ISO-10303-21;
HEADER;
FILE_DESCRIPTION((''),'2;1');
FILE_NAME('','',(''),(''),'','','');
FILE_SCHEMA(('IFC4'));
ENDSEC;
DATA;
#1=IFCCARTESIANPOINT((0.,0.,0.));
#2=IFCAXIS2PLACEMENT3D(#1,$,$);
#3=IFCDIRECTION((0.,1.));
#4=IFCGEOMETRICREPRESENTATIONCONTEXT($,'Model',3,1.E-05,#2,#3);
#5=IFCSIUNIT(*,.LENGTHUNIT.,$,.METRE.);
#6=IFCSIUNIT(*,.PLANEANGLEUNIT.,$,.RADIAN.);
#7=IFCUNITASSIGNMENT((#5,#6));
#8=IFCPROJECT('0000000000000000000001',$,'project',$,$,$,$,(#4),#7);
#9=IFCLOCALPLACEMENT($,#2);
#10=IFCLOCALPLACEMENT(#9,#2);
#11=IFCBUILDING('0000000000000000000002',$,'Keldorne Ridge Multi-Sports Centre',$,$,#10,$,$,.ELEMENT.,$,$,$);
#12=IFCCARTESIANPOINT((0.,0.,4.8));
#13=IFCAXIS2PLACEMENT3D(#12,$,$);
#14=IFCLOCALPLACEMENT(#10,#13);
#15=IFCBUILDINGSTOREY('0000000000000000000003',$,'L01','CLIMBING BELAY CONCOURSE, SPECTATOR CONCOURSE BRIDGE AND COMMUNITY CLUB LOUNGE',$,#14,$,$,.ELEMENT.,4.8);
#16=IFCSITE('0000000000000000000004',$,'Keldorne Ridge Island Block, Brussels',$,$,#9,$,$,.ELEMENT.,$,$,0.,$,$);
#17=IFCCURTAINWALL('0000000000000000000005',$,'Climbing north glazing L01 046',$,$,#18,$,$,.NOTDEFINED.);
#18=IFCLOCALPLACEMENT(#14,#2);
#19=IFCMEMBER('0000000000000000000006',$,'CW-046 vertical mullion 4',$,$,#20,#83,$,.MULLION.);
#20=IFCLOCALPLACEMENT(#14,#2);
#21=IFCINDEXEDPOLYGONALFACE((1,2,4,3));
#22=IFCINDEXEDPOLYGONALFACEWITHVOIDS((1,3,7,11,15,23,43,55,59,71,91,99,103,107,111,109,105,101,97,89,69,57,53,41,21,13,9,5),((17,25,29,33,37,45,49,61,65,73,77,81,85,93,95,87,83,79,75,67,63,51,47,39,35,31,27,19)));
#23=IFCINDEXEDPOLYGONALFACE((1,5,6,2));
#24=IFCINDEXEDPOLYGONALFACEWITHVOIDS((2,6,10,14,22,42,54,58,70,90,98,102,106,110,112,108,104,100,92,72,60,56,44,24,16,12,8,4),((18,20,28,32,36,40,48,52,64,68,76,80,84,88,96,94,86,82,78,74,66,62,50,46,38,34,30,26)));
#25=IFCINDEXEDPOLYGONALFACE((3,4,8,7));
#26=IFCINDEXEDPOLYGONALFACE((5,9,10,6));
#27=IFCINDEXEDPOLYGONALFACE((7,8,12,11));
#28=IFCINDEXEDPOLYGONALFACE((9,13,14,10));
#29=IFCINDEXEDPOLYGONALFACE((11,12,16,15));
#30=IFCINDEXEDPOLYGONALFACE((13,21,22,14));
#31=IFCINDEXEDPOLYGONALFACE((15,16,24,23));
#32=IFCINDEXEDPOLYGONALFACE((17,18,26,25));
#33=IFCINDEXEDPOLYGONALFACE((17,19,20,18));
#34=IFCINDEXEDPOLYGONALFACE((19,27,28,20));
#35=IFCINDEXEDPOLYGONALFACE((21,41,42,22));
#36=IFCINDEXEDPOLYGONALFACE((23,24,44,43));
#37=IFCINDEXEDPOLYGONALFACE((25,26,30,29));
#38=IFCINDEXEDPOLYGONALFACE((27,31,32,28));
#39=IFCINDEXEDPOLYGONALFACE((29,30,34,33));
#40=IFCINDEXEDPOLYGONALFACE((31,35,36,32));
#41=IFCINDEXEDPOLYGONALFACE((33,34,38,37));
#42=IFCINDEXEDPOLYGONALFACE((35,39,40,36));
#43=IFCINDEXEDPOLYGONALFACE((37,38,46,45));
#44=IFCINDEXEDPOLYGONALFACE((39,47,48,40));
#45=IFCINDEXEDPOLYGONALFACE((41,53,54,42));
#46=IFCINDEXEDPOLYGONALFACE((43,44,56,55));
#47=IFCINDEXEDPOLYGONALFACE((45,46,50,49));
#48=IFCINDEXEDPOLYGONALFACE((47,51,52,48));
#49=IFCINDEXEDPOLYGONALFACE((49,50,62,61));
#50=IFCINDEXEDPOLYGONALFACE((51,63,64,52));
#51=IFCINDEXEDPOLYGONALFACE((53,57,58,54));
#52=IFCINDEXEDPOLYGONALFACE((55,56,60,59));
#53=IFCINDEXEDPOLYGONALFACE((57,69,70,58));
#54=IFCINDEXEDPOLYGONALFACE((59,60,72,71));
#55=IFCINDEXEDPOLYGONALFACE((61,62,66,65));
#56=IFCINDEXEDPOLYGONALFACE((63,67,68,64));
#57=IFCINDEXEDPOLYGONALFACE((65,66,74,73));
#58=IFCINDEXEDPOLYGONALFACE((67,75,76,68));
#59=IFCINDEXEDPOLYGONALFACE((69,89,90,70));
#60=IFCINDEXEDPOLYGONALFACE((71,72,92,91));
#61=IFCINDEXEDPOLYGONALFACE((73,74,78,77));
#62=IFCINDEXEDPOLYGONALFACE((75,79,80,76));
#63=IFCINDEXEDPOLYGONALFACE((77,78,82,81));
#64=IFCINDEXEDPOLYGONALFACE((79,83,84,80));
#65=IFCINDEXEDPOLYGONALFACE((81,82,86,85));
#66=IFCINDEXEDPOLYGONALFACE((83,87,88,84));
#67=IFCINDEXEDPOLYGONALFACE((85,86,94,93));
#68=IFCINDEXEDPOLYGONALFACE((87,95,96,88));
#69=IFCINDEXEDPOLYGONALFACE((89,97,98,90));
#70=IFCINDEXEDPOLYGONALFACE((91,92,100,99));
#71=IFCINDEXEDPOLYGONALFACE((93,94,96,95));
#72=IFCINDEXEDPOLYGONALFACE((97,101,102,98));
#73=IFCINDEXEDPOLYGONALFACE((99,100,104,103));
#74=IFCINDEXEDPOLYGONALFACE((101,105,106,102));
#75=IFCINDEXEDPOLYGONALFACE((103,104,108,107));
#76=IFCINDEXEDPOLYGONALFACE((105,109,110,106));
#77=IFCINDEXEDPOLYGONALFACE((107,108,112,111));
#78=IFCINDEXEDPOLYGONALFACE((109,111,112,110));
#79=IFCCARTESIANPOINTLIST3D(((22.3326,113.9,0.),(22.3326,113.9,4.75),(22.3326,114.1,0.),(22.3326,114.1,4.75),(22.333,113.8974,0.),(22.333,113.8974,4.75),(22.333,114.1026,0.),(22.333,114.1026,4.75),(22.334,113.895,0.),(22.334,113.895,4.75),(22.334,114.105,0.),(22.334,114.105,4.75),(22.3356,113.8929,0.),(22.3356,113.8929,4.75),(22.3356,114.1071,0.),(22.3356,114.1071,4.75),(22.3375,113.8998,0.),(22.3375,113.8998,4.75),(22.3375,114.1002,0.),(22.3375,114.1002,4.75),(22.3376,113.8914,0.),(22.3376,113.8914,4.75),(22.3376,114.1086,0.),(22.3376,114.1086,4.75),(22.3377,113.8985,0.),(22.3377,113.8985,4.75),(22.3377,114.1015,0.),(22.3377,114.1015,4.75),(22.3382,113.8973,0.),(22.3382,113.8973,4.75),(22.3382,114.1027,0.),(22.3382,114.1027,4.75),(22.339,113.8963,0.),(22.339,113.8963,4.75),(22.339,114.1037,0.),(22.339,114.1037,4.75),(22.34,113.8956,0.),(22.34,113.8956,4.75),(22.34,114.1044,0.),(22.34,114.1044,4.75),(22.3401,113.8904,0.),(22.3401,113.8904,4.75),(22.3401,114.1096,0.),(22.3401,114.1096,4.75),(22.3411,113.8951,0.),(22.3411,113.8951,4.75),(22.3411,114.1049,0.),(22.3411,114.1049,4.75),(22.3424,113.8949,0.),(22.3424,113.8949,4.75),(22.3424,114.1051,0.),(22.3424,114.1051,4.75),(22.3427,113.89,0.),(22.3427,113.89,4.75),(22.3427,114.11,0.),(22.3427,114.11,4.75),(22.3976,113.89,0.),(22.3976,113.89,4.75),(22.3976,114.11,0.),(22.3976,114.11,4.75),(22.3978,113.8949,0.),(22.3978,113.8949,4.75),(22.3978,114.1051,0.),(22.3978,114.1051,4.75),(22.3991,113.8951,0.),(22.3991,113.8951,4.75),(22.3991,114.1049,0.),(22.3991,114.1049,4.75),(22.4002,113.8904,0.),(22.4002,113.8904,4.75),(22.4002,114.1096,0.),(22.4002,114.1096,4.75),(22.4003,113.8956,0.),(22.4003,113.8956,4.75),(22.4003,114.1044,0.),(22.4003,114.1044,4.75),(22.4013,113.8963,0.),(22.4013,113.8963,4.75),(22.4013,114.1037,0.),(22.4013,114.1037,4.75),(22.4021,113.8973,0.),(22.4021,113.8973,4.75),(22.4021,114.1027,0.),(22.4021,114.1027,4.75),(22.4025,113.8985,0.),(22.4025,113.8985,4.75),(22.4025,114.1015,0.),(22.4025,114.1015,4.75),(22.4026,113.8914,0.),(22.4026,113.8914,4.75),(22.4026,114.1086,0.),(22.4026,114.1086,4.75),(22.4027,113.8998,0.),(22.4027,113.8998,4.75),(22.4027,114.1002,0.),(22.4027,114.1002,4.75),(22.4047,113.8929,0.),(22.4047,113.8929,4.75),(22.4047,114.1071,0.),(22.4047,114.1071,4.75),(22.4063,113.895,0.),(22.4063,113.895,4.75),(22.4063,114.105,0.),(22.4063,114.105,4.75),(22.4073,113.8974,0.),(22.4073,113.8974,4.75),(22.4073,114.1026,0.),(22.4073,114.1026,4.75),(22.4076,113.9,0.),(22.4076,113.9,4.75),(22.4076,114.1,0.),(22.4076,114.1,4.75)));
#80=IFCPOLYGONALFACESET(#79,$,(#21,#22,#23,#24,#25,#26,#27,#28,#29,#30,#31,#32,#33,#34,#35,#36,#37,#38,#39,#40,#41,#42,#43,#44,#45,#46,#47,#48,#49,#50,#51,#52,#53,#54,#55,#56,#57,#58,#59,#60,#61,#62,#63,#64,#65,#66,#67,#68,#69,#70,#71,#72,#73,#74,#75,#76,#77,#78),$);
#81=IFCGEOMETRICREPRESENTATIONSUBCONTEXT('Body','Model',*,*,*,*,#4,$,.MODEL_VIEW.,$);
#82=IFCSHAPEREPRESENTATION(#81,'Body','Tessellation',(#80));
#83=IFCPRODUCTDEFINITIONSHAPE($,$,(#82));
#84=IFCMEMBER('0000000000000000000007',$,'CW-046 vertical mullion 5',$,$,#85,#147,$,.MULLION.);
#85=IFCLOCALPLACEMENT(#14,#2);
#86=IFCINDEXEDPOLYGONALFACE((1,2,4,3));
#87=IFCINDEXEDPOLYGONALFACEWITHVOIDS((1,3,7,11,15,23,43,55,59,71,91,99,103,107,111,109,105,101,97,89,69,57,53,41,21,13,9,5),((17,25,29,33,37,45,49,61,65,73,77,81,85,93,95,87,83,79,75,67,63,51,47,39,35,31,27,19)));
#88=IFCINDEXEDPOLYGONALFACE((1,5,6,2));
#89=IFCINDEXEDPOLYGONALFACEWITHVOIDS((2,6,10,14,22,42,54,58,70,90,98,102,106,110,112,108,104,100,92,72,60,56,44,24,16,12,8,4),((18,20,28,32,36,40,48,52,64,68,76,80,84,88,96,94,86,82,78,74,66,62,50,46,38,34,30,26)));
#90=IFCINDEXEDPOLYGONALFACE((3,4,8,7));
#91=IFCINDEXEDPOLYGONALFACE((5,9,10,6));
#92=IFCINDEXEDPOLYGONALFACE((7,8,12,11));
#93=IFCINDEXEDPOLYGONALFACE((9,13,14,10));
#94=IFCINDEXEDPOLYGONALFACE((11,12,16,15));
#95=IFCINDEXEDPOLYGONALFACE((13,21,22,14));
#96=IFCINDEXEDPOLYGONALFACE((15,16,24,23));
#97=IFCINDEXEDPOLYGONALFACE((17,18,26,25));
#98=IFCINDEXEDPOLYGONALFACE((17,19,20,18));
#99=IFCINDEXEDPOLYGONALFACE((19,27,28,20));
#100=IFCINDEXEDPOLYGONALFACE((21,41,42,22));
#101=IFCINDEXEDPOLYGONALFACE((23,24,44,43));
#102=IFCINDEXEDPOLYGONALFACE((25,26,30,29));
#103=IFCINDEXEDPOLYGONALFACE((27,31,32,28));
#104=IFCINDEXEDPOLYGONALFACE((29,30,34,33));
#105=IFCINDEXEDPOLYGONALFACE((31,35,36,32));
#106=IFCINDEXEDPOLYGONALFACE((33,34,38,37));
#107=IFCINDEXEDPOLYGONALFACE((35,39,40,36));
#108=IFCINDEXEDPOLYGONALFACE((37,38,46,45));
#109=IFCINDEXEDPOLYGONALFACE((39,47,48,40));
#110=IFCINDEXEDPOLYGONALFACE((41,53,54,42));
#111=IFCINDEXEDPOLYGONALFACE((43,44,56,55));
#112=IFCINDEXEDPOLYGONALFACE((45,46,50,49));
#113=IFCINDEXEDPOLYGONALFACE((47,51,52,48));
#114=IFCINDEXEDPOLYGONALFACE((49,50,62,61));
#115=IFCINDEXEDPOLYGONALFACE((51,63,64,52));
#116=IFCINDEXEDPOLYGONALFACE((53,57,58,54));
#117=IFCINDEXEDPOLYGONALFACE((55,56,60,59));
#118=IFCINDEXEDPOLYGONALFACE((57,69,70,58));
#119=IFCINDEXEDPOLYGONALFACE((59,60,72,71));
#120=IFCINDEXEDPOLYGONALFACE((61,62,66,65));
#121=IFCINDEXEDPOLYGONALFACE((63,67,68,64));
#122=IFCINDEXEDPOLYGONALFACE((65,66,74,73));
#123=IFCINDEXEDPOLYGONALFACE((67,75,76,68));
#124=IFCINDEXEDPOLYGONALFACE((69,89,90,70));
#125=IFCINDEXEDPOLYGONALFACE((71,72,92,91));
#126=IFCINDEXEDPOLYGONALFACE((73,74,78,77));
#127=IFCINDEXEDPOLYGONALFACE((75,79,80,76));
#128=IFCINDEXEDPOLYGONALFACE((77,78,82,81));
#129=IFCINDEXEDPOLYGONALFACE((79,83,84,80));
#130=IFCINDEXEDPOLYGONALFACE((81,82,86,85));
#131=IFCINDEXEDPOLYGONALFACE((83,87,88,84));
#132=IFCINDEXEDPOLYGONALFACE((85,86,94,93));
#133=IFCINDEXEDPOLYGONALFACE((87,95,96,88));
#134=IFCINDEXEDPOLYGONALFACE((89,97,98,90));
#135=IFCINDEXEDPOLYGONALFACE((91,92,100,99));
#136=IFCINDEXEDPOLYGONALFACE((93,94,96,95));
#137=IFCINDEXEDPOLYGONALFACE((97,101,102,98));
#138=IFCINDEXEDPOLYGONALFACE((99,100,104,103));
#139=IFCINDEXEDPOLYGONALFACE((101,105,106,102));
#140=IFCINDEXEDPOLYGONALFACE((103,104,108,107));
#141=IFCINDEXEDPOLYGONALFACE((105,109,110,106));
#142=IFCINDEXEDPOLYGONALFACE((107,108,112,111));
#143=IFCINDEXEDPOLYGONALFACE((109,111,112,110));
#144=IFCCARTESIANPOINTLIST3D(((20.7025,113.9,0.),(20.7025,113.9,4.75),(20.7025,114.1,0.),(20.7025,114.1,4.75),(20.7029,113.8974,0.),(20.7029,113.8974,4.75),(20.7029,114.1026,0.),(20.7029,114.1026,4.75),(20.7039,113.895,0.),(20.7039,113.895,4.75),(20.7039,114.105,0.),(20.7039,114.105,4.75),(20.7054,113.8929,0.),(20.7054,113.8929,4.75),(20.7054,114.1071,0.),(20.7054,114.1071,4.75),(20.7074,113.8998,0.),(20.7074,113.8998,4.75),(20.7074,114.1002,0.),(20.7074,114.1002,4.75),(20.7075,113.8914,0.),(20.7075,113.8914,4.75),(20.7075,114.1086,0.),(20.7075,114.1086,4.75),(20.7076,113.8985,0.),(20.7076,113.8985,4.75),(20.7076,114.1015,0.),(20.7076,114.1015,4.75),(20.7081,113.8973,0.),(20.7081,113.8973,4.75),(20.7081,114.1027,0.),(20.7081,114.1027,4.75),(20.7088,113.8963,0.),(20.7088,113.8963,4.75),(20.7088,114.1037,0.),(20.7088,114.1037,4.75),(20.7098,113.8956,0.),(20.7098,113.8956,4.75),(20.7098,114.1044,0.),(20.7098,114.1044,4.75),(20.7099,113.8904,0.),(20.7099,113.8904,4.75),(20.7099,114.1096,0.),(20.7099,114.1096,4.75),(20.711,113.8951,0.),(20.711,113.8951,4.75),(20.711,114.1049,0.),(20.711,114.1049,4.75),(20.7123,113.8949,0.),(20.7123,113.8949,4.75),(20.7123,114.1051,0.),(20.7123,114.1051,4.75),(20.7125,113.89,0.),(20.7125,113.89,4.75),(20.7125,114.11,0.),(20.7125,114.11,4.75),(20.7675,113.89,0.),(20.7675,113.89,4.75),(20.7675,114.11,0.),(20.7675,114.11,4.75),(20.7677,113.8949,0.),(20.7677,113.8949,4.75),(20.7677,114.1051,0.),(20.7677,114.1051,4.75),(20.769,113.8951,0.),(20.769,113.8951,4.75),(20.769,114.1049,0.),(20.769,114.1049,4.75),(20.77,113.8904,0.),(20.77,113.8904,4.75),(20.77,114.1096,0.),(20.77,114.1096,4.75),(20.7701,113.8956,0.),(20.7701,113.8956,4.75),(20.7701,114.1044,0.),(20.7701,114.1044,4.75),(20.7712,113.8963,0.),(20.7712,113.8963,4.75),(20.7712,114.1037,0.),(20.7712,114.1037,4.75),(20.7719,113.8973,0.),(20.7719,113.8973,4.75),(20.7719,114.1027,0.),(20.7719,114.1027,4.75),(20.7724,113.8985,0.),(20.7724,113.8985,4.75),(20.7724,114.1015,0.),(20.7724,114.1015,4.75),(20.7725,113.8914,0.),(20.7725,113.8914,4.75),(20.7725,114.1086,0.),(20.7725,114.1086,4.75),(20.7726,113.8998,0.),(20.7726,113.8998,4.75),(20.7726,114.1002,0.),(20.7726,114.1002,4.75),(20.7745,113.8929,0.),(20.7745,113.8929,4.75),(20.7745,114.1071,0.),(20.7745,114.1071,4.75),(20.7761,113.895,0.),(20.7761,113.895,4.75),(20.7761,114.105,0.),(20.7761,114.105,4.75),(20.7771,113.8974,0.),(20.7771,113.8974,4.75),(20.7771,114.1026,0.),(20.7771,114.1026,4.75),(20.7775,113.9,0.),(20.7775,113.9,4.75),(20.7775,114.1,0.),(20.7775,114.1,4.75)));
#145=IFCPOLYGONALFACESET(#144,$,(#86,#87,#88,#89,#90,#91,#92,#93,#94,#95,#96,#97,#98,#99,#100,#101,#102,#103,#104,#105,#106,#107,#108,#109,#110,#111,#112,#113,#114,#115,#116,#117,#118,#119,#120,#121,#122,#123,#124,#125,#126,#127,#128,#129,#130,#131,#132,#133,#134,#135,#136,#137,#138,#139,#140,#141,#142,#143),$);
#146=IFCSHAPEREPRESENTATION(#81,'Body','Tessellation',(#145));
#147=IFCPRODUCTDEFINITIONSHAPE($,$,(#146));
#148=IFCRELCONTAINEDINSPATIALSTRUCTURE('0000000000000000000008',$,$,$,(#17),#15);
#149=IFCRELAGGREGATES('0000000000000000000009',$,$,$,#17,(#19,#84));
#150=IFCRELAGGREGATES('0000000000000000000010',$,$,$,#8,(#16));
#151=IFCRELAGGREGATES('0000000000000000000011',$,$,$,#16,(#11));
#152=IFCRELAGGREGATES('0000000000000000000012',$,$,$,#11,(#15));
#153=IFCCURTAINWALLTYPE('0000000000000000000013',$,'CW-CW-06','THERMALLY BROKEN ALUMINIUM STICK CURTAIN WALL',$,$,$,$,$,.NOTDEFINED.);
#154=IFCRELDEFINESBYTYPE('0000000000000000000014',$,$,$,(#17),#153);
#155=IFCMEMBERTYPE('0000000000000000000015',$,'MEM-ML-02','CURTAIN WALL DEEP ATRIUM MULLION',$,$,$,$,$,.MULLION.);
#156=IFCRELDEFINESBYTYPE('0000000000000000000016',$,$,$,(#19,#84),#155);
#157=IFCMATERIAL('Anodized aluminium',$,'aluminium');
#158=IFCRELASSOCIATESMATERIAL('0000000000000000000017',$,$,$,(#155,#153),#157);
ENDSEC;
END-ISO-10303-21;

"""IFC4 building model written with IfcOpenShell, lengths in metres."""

from ifc_helpers import new_model, si_unit, direction, frame, origin, origin_2d, place, context, subcontext, project, spatial, hollow_rectangle, extrude, material, material_profile, profile_set, type_object, element, aggregate, save


model = new_model("IFC4")

# Units and contexts
model_context = context("Model", 3, precision=1e-05, world=origin(), true_north=direction((0.0, 1.0)))
body_context = subcontext(model_context, "Body", "Model", "MODEL_VIEW")
ifc_project = project(units=[si_unit("LENGTHUNIT", "METRE"), si_unit("PLANEANGLEUNIT", "RADIAN")], contexts=[model_context])

# Site, building, storey
site_placement = place(None, origin())
site = spatial("IfcSite", under=ifc_project, at=site_placement, Name="Keldorne Ridge Island Block, Brussels", CompositionType="ELEMENT", RefElevation=0.0)
building_placement = place(site_placement, origin())
building = spatial("IfcBuilding", under=site, at=building_placement, Name="Keldorne Ridge Multi-Sports Centre", CompositionType="ELEMENT")
storey_placement = place(building_placement, frame((0.0, 0.0, 4.8)))
storey = spatial("IfcBuildingStorey", under=building, at=storey_placement, Name="L01", Description="CLIMBING BELAY CONCOURSE, SPECTATOR CONCOURSE BRIDGE AND COMMUNITY CLUB LOUNGE", CompositionType="ELEMENT", Elevation=4.8)

# Curtain wall, members
ifc_material_1 = material(Name="Anodized aluminium", Category="aluminium")
ifc_material_profile_1 = material_profile(ifc_material_1, hollow_rectangle(XDim=0.075, YDim=0.22, WallThickness=0.0049, InnerFilletRadius=0.0049, OuterFilletRadius=0.01, at=origin_2d()), Name="ALU MULLION 220x75x5")
ifc_profile_set_1 = profile_set([ifc_material_profile_1], Name="Anodized aluminium")
member_type_1 = type_object("IfcMemberType", Name="MEM-ML-02", Description="CURTAIN WALL DEEP ATRIUM MULLION", PredefinedType="MULLION", material=ifc_profile_set_1)
curtain_wall_type_1 = type_object("IfcCurtainWallType", Name="CW-CW-06", Description="THERMALLY BROKEN ALUMINIUM STICK CURTAIN WALL", PredefinedType="NOTDEFINED", material=ifc_material_1)
curtain_wall_1_placement = place(storey_placement, origin())
curtain_wall_1 = element("IfcCurtainWall", 1, at=curtain_wall_1_placement, inside=storey, type_object=curtain_wall_type_1, Name="Climbing north glazing L01 046", PredefinedType="NOTDEFINED")
member_1_placement = place(storey_placement, frame((22.3701, 114.0, 0.0), z_axis=(0.0, 0.0, 1.0), x_axis=(1.0, 0.0, 0.0)))
member_1 = element("IfcMember", 2, at=member_1_placement, type_object=member_type_1, Name="CW-046 vertical mullion 4", PredefinedType="MULLION", context=body_context, shape_type="SweptSolid", body=[
    extrude(hollow_rectangle(XDim=0.075, YDim=0.22, WallThickness=0.0049, InnerFilletRadius=0.0049, OuterFilletRadius=0.01, at=origin_2d()), origin(), (0.0, 0.0, 1.0), 4.75),
])
member_2_placement = place(storey_placement, frame((20.74, 114.0, 0.0), z_axis=(0.0, 0.0, 1.0), x_axis=(1.0, 0.0, 0.0)))
member_2 = element("IfcMember", 3, at=member_2_placement, type_object=member_type_1, Name="CW-046 vertical mullion 5", PredefinedType="MULLION", context=body_context, shape_type="SweptSolid", body=[
    extrude(hollow_rectangle(XDim=0.075, YDim=0.22, WallThickness=0.0049, InnerFilletRadius=0.0049, OuterFilletRadius=0.01, at=origin_2d()), origin(), (0.0, 0.0, 1.0), 4.75),
])

aggregate(curtain_wall_1, [member_1, member_2])

save(model, "model.ifc")
